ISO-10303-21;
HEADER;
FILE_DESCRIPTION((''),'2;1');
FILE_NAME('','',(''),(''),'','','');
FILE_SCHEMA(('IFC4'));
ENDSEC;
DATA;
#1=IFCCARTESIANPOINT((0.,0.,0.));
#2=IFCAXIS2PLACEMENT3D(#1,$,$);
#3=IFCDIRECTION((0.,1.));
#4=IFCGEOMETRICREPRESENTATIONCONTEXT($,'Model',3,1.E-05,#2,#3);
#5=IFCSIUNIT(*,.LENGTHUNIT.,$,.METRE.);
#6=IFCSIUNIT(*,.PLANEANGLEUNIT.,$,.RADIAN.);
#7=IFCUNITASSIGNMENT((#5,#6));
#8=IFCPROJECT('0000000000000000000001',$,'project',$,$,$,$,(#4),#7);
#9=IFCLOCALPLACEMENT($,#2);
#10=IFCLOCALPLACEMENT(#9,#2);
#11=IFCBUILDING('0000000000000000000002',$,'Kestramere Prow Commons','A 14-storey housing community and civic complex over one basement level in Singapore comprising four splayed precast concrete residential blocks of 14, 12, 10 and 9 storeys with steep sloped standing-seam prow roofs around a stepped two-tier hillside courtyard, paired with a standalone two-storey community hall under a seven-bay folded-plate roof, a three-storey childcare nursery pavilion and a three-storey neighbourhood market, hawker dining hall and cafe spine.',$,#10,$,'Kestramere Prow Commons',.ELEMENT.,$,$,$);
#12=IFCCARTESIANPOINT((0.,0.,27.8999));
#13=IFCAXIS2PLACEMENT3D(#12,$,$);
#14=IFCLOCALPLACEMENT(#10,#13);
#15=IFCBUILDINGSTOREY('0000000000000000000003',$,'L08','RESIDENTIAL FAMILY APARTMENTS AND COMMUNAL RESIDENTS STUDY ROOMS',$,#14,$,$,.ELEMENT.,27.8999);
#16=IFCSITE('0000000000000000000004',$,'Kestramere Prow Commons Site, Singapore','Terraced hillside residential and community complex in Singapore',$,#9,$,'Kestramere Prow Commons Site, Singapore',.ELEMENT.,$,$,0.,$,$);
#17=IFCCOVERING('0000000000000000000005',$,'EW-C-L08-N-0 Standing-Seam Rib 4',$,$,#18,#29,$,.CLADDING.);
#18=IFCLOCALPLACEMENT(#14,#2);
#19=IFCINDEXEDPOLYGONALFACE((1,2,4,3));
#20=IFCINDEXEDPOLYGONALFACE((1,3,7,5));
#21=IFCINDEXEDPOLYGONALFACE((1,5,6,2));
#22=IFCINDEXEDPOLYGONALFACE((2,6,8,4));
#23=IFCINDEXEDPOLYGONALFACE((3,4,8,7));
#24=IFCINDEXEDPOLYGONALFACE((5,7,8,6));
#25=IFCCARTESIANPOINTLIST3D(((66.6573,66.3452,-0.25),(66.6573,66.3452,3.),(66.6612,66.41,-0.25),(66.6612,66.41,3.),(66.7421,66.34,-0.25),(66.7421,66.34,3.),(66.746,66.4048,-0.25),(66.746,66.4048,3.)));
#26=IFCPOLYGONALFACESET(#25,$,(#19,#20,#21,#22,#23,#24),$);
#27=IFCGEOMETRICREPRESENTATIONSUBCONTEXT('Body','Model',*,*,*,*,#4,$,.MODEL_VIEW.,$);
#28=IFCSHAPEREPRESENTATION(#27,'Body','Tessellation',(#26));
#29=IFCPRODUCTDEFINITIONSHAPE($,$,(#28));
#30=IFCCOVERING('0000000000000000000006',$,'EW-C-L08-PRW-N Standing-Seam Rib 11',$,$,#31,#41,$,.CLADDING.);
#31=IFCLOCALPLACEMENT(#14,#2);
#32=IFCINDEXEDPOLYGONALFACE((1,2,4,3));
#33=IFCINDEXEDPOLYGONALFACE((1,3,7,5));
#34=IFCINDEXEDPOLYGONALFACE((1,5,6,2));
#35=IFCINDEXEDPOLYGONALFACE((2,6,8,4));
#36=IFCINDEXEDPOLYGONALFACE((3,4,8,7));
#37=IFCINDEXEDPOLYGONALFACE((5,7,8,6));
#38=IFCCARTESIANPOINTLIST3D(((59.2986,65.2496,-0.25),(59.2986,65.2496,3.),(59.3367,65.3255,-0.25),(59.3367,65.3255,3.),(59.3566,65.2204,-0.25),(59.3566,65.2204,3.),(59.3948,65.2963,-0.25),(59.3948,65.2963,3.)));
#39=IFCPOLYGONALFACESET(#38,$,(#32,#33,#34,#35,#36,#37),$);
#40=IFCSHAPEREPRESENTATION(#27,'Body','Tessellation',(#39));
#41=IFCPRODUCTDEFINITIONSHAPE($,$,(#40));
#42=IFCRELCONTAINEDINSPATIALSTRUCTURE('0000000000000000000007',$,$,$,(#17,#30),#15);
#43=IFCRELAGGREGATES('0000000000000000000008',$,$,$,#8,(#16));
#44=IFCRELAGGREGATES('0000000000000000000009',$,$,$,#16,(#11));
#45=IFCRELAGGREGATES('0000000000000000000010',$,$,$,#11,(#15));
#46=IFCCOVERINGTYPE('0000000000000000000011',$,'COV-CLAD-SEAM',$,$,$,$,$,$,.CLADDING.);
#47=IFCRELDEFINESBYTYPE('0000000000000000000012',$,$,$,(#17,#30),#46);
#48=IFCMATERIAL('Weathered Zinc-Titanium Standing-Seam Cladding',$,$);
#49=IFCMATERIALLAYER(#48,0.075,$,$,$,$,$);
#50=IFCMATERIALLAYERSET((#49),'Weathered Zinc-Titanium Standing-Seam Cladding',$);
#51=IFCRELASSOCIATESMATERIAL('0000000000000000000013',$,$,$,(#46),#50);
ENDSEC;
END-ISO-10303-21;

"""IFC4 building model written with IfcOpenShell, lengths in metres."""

from ifc_helpers import new_model, si_unit, direction, frame, origin, origin_2d, place, context, subcontext, project, spatial, rectangle, extrude, material, layer, layer_set, type_object, element, save


model = new_model("IFC4")

# Units and contexts
model_context = context("Model", 3, precision=1e-05, world=origin(), true_north=direction((0.0, 1.0)))
body_context = subcontext(model_context, "Body", "Model", "MODEL_VIEW")
ifc_project = project(units=[si_unit("LENGTHUNIT", "METRE"), si_unit("PLANEANGLEUNIT", "RADIAN")], contexts=[model_context])

# Site, building, storey
site_placement = place(None, origin())
site = spatial("IfcSite", under=ifc_project, at=site_placement, Name="Kestramere Prow Commons Site, Singapore", Description="Terraced hillside residential and community complex in Singapore", LongName="Kestramere Prow Commons Site, Singapore", CompositionType="ELEMENT", RefElevation=0.0)
building_placement = place(site_placement, origin())
building = spatial("IfcBuilding", under=site, at=building_placement, Name="Kestramere Prow Commons", Description="A 14-storey housing community and civic complex over one basement level in Singapore comprising four splayed precast concrete residential blocks of 14, 12, 10 and 9 storeys with steep sloped standing-seam prow roofs around a stepped two-tier hillside courtyard, paired with a standalone two-storey community hall under a seven-bay folded-plate roof, a three-storey childcare nursery pavilion and a three-storey neighbourhood market, hawker dining hall and cafe spine.", LongName="Kestramere Prow Commons", CompositionType="ELEMENT")
storey_placement = place(building_placement, frame((0.0, 0.0, 27.8999)))
storey = spatial("IfcBuildingStorey", under=building, at=storey_placement, Name="L08", Description="RESIDENTIAL FAMILY APARTMENTS AND COMMUNAL RESIDENTS STUDY ROOMS", CompositionType="ELEMENT", Elevation=27.8999)

# Coverings
ifc_material_1 = material(Name="Weathered Zinc-Titanium Standing-Seam Cladding")
ifc_layer_1 = layer(ifc_material_1, 0.075)
ifc_layer_set_1 = layer_set([ifc_layer_1], Name="Weathered Zinc-Titanium Standing-Seam Cladding")
covering_type = type_object("IfcCoveringType", Name="COV-CLAD-SEAM", PredefinedType="CLADDING", material=ifc_layer_set_1)
for number, where, z_axis, x_axis, name in (
    (1, (66.7017, 66.375, -0.25), (0.0, 0.0, 1.0), (0.998135, -0.061049, 0.0), "EW-C-L08-N-0 Standing-Seam Rib 4"),
    (2, (59.3467, 65.2729, -0.25), (0.0, 0.0, 1.0), (0.44862, 0.893722, 0.0), "EW-C-L08-PRW-N Standing-Seam Rib 11"),
):
    element("IfcCovering", number, at=place(storey_placement, frame(where, z_axis=z_axis, x_axis=x_axis)), inside=storey, type_object=covering_type, Name=name, PredefinedType="CLADDING", context=body_context, shape_type="SweptSolid", body=[
        extrude(rectangle(XDim=0.085, YDim=0.0649, at=origin_2d()), origin(), (0.0, 0.0, 1.0), 3.25),
    ])

save(model, "model.ifc")
